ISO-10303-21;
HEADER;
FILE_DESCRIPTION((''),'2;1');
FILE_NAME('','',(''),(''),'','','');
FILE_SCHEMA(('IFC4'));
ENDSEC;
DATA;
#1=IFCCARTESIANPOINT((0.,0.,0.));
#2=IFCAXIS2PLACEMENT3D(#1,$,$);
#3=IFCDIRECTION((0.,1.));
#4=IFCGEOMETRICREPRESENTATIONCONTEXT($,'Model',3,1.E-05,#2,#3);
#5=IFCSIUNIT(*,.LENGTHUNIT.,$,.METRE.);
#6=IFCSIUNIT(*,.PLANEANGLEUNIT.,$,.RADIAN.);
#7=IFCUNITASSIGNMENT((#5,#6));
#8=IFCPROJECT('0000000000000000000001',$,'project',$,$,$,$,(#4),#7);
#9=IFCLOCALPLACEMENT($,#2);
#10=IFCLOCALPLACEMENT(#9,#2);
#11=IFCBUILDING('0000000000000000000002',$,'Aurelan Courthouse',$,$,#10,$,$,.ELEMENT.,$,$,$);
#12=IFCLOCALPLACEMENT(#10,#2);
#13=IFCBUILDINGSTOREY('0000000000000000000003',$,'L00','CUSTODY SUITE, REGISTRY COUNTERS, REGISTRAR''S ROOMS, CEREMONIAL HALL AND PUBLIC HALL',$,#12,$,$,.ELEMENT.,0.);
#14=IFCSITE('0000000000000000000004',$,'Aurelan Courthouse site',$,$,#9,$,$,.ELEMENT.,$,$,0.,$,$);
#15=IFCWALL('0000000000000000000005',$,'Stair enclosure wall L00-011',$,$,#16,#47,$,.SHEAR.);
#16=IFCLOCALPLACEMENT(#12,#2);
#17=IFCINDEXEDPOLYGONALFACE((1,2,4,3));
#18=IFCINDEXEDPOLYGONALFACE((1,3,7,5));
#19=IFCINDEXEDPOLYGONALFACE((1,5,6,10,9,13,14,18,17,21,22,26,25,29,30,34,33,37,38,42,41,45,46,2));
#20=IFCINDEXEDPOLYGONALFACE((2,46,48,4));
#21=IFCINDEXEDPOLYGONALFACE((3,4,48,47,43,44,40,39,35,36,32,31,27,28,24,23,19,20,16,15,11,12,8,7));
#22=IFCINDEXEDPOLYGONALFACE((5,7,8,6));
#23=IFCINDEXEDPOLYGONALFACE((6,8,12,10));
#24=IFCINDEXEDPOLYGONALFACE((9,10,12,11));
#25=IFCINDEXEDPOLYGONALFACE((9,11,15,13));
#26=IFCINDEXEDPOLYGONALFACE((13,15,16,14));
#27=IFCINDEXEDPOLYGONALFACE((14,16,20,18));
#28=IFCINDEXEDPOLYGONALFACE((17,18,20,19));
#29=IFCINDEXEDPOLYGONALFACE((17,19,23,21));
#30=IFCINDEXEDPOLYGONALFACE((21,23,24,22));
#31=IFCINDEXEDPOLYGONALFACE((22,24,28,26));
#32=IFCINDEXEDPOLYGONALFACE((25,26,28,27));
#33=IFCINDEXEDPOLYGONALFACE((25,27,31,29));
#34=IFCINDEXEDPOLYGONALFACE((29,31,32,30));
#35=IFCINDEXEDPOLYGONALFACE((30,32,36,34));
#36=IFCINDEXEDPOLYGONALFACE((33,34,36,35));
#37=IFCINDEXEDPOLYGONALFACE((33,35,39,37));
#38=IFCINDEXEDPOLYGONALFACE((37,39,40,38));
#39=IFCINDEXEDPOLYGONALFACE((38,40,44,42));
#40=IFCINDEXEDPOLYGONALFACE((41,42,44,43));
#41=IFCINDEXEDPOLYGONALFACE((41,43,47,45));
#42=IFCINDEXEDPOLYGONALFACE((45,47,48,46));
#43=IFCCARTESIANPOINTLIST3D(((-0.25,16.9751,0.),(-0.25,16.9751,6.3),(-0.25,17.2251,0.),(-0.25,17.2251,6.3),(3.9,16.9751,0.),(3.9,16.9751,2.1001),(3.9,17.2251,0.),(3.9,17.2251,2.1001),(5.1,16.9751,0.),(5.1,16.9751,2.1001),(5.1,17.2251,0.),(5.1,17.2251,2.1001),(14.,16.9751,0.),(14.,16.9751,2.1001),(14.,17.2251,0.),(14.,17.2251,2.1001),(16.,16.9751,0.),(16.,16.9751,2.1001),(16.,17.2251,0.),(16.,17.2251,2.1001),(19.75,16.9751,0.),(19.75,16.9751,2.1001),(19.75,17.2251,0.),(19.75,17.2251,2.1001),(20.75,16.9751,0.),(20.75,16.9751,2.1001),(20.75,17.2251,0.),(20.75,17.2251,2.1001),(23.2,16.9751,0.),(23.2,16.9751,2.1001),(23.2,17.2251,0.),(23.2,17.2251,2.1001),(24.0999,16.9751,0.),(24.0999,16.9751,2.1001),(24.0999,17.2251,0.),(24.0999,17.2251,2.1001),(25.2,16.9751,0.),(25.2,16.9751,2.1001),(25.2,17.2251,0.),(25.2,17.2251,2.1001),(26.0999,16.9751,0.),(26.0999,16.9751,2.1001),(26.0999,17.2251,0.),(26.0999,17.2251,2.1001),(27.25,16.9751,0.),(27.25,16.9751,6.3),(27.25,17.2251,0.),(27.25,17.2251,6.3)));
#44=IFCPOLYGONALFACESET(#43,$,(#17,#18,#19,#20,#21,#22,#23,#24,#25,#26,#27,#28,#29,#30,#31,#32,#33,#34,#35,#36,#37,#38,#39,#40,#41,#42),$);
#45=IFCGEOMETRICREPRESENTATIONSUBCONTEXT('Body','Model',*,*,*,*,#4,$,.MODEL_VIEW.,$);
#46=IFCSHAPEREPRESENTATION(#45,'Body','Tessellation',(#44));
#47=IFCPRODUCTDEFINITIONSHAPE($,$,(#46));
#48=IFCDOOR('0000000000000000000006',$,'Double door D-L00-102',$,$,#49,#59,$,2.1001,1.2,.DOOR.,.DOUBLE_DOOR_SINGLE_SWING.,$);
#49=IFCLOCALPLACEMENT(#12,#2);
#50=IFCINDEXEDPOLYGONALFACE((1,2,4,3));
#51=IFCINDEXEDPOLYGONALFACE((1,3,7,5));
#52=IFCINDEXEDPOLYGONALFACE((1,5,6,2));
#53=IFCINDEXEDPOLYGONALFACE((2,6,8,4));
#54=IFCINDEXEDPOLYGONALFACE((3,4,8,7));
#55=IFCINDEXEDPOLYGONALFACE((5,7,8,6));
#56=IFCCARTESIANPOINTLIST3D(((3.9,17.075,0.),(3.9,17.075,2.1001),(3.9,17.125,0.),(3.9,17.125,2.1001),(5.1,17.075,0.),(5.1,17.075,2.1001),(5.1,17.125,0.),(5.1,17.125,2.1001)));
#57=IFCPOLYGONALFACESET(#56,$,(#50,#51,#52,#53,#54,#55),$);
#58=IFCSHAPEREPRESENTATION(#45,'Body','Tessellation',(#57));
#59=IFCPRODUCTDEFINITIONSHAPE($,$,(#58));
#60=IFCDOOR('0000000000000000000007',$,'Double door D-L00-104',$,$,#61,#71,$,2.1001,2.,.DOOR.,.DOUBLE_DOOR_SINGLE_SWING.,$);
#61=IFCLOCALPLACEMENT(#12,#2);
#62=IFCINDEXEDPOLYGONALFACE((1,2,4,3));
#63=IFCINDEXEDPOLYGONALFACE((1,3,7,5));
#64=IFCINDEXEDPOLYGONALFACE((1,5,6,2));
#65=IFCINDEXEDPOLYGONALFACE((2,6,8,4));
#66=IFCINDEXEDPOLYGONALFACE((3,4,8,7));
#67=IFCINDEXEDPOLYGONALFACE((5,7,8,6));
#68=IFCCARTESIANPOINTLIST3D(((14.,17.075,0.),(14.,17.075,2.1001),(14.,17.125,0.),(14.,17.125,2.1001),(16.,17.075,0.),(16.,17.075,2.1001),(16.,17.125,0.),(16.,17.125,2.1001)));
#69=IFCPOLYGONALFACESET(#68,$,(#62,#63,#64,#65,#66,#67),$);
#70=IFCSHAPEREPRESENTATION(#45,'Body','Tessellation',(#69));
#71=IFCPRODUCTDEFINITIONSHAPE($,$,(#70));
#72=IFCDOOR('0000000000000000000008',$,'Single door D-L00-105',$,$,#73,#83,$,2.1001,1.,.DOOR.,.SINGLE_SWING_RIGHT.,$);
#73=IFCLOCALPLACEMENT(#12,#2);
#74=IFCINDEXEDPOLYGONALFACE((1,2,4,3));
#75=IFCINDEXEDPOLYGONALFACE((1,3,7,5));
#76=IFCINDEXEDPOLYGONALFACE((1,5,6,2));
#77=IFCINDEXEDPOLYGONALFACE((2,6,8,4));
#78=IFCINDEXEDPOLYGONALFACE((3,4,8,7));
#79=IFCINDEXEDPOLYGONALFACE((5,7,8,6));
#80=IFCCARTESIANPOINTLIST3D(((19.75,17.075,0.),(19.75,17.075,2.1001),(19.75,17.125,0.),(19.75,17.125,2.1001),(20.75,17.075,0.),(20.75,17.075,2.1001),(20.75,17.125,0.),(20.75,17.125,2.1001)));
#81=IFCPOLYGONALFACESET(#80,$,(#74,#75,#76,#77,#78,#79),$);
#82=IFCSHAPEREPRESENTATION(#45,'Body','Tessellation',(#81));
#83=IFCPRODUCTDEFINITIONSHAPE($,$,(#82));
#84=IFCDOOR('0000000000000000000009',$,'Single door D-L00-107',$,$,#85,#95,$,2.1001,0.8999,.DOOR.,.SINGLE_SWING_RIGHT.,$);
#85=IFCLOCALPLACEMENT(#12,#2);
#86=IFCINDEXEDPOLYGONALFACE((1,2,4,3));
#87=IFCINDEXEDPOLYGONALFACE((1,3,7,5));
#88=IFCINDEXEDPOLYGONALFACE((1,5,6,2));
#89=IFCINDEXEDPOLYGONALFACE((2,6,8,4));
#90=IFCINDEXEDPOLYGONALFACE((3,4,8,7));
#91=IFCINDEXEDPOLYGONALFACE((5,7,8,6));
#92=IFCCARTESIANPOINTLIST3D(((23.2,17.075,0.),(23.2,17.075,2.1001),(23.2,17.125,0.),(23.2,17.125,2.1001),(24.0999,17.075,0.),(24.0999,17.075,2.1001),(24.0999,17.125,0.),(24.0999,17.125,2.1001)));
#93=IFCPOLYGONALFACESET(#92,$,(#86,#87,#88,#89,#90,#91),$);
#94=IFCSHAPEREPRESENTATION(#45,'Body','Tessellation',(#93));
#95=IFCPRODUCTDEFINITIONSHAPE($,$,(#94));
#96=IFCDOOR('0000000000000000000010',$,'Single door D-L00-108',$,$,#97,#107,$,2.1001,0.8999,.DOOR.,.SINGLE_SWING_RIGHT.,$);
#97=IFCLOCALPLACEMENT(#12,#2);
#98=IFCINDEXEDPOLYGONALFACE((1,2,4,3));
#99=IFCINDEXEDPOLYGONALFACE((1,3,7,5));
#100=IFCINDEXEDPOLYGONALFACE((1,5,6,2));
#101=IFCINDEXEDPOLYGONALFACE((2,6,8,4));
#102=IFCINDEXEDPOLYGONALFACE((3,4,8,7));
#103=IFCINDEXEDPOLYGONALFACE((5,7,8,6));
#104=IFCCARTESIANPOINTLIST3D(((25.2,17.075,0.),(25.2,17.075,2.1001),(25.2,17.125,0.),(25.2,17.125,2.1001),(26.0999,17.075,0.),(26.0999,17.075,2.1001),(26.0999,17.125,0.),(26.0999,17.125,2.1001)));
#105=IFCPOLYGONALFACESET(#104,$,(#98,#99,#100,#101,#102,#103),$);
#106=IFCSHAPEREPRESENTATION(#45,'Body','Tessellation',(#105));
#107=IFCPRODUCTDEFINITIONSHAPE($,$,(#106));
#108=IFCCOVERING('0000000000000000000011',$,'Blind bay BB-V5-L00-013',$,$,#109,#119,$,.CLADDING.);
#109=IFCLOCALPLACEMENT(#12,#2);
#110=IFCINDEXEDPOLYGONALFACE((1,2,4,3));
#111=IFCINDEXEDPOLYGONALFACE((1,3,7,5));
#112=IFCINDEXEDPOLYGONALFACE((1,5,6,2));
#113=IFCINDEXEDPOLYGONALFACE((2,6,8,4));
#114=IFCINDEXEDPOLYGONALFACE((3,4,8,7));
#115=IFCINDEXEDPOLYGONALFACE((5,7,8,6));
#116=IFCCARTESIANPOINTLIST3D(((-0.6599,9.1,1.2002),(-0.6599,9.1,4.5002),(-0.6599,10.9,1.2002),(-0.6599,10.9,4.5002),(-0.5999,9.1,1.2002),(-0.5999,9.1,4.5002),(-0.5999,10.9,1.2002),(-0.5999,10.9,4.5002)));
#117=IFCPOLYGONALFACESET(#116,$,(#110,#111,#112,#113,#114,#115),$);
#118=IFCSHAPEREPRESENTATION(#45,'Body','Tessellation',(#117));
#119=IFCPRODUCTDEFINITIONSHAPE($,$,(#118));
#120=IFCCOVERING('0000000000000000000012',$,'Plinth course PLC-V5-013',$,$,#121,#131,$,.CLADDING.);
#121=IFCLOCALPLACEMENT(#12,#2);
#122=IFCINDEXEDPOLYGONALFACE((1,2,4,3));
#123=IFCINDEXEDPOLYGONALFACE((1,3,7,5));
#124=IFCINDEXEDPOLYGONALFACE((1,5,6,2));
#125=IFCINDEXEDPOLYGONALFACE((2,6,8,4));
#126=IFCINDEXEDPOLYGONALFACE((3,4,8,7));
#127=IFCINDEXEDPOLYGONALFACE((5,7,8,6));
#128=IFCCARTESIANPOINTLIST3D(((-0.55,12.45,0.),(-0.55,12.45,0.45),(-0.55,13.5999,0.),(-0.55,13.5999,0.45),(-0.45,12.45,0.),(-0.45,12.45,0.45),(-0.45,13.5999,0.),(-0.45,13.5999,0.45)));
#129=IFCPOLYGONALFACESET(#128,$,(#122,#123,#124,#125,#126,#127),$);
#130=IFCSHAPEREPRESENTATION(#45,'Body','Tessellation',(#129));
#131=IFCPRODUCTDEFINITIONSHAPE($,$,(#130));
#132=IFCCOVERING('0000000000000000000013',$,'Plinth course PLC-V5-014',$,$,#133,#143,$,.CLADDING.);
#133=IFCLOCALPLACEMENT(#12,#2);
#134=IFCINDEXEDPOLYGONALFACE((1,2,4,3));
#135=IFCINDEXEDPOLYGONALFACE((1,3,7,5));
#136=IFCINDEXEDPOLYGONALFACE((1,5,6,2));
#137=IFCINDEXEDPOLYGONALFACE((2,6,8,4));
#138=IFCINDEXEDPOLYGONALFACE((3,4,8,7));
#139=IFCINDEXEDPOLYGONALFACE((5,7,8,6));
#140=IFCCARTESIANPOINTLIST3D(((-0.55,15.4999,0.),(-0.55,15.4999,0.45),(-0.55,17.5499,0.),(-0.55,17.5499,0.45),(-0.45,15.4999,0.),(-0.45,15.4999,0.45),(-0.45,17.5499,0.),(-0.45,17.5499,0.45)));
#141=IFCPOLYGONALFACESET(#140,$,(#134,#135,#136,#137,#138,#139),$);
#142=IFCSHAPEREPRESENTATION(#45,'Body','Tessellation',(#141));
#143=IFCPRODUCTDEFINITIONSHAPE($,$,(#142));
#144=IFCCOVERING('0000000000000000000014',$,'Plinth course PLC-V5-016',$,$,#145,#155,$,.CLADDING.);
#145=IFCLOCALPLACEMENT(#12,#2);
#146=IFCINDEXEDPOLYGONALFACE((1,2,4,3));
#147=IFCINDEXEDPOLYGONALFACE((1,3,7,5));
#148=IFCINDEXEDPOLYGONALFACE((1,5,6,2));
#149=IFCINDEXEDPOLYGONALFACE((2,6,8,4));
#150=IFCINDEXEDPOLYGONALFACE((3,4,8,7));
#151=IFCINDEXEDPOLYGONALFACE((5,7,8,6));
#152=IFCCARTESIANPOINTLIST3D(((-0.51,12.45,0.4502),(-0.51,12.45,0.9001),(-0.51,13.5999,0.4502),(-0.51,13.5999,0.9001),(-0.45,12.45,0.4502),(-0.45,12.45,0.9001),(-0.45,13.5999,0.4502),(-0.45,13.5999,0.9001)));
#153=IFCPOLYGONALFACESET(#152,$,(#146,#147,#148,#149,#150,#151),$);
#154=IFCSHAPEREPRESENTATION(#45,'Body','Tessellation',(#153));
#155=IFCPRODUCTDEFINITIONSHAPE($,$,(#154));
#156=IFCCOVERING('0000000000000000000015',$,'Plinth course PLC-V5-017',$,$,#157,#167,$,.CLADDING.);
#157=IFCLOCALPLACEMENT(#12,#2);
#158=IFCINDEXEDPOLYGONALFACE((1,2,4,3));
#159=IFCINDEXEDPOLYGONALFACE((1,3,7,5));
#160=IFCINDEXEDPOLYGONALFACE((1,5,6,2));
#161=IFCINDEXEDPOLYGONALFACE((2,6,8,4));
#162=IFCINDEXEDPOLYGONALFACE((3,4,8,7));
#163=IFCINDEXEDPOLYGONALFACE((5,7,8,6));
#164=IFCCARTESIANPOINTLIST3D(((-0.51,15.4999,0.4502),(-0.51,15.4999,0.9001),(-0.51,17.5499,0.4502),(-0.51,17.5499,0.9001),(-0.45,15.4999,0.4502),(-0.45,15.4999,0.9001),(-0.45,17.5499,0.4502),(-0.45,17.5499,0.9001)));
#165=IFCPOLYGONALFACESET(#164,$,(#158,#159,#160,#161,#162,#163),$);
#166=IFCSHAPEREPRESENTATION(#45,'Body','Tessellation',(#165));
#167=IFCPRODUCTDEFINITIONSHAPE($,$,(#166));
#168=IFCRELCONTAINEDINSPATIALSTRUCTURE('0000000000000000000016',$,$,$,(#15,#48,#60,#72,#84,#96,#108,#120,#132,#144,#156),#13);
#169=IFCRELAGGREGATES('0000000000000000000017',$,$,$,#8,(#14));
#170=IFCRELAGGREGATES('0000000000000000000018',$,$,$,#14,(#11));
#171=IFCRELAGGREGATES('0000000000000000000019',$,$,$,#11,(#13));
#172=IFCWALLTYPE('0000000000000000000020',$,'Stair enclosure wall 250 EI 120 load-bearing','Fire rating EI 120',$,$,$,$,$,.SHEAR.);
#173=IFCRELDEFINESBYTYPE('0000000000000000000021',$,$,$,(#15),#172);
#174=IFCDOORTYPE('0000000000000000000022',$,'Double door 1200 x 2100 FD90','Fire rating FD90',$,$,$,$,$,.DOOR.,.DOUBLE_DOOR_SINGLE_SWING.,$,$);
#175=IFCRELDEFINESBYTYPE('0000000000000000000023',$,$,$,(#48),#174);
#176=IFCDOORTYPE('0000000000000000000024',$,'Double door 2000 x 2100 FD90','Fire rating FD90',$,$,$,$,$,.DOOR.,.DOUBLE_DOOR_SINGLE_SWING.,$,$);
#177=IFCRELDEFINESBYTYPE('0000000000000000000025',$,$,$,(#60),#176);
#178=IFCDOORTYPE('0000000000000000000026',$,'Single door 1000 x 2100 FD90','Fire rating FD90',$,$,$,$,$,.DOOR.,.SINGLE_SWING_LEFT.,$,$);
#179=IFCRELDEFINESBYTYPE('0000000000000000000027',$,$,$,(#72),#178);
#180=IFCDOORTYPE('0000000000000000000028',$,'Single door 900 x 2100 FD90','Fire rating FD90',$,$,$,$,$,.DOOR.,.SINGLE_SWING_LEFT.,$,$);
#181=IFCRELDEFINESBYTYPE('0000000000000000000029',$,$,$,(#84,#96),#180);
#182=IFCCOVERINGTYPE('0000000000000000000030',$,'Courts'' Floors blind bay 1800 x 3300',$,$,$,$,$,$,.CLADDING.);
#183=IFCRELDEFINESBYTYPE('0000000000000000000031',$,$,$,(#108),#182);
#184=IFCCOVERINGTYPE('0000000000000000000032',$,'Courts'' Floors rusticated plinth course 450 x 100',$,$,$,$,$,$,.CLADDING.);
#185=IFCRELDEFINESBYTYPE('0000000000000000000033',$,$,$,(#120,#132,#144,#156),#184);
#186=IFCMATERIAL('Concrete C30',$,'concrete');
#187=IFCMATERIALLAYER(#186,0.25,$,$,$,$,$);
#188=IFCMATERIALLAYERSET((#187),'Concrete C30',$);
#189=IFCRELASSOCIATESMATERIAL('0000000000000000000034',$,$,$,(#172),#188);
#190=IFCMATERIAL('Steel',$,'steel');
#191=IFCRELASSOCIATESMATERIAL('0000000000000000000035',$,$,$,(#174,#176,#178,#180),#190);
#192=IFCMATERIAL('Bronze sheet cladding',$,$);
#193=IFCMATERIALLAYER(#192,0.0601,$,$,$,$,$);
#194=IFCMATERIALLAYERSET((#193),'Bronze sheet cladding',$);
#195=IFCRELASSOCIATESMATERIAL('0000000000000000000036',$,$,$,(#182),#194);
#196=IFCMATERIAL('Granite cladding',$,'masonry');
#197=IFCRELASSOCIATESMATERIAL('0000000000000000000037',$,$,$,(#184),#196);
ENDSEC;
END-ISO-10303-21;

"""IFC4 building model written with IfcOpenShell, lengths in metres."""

from ifc_helpers import new_model, si_unit, direction, frame, frame_2d, origin, origin_2d, place, context, subcontext, project, spatial, rectangle, extrude, material, layer, layer_set, type_object, element, fill, save


model = new_model("IFC4")

# Units and contexts
model_context = context("Model", 3, precision=1e-05, world=origin(), true_north=direction((0.0, 1.0)))
body_context = subcontext(model_context, "Body", "Model", "MODEL_VIEW")
ifc_project = project(units=[si_unit("LENGTHUNIT", "METRE"), si_unit("PLANEANGLEUNIT", "RADIAN")], contexts=[model_context])

# Site, building, storey
site_placement = place(None, origin())
site = spatial("IfcSite", under=ifc_project, at=site_placement, Name="Aurelan Courthouse site", CompositionType="ELEMENT", RefElevation=0.0)
building_placement = place(site_placement, origin())
building = spatial("IfcBuilding", under=site, at=building_placement, Name="Aurelan Courthouse", CompositionType="ELEMENT")
storey_placement = place(building_placement, origin())
storey = spatial("IfcBuildingStorey", under=building, at=storey_placement, Name="L00", Description="CUSTODY SUITE, REGISTRY COUNTERS, REGISTRAR'S ROOMS, CEREMONIAL HALL AND PUBLIC HALL", CompositionType="ELEMENT", Elevation=0.0)

# Shared definitions
ifc_material_1 = material(Name="Granite cladding", Category="masonry")
ifc_material_2 = material(Name="Concrete C30", Category="concrete")

# Shared definitions
ifc_material_3 = material(Name="Steel", Category="steel")

# Wall, openings, doors
ifc_layer_1 = layer(ifc_material_2, 0.25)
ifc_layer_set_1 = layer_set([ifc_layer_1], Name="Concrete C30")
wall_type_1 = type_object("IfcWallType", Name="Stair enclosure wall 250 EI 120 load-bearing", Description="Fire rating EI 120", PredefinedType="SHEAR", material=ifc_layer_set_1)
wall_1_placement = place(storey_placement, frame((-0.25, 17.1001, 0.0), z_axis=(0.0, 0.0, 1.0), x_axis=(1.0, 0.0, 0.0)))
wall_1 = element("IfcWall", 1, at=wall_1_placement, inside=storey, type_object=wall_type_1, Name="Stair enclosure wall L00-011", PredefinedType="SHEAR", context=body_context, shape_type="SweptSolid", body=[
    extrude(rectangle(XDim=27.5, YDim=0.25, at=frame_2d((13.75, 0.0))), origin(), (0.0, 0.0, 1.0), 6.3),
])
opening_1_placement = place(wall_1_placement, frame((4.1499, 0.0, 0.0)))
opening_1 = element("IfcOpeningElement", 2, at=opening_1_placement, cuts=wall_1, PredefinedType="OPENING", context=body_context, shape_type="SweptSolid", body=[
    extrude(rectangle(XDim=1.2, YDim=2.1001, at=frame_2d((0.6001, 1.05))), frame((0.0, 0.135, 0.0), z_axis=(0.0, -1.0, 0.0), x_axis=(1.0, 0.0, 0.0)), (0.0, 0.0, 1.0), 0.27),
])
opening_2_placement = place(wall_1_placement, frame((14.25, 0.0, 0.0)))
opening_2 = element("IfcOpeningElement", 3, at=opening_2_placement, cuts=wall_1, PredefinedType="OPENING", context=body_context, shape_type="SweptSolid", body=[
    extrude(rectangle(XDim=2.0, YDim=2.1001, at=frame_2d((1.0, 1.05))), frame((0.0, 0.135, 0.0), z_axis=(0.0, -1.0, 0.0), x_axis=(1.0, 0.0, 0.0)), (0.0, 0.0, 1.0), 0.27),
])
opening_3_placement = place(wall_1_placement, frame((20.0, 0.0, 0.0)))
opening_3 = element("IfcOpeningElement", 4, at=opening_3_placement, cuts=wall_1, PredefinedType="OPENING", context=body_context, shape_type="SweptSolid", body=[
    extrude(rectangle(XDim=1.0, YDim=2.1001, at=frame_2d((0.5, 1.05))), frame((0.0, 0.135, 0.0), z_axis=(0.0, -1.0, 0.0), x_axis=(1.0, 0.0, 0.0)), (0.0, 0.0, 1.0), 0.27),
])
opening_4_placement = place(wall_1_placement, frame((23.45, 0.0, 0.0)))
opening_4 = element("IfcOpeningElement", 5, at=opening_4_placement, cuts=wall_1, PredefinedType="OPENING", context=body_context, shape_type="SweptSolid", body=[
    extrude(rectangle(XDim=0.8999, YDim=2.1001, at=frame_2d((0.45, 1.05))), frame((0.0, 0.135, 0.0), z_axis=(0.0, -1.0, 0.0), x_axis=(1.0, 0.0, 0.0)), (0.0, 0.0, 1.0), 0.27),
])
opening_5_placement = place(wall_1_placement, frame((25.45, 0.0, 0.0)))
opening_5 = element("IfcOpeningElement", 6, at=opening_5_placement, cuts=wall_1, PredefinedType="OPENING", context=body_context, shape_type="SweptSolid", body=[
    extrude(rectangle(XDim=0.8999, YDim=2.1001, at=frame_2d((0.45, 1.05))), frame((0.0, 0.135, 0.0), z_axis=(0.0, -1.0, 0.0), x_axis=(1.0, 0.0, 0.0)), (0.0, 0.0, 1.0), 0.27),
])
door_type_1 = type_object("IfcDoorType", Name="Double door 1200 x 2100 FD90", Description="Fire rating FD90", OperationType="DOUBLE_DOOR_SINGLE_SWING", PredefinedType="DOOR", material=ifc_material_3)
door_1_placement = place(opening_1_placement, origin())
door_1 = element("IfcDoor", 7, at=door_1_placement, inside=storey, type_object=door_type_1, Name="Double door D-L00-102", OperationType="DOUBLE_DOOR_SINGLE_SWING", OverallHeight=2.1001, OverallWidth=1.2, PredefinedType="DOOR", context=body_context, shape_type="SweptSolid", body=[
    extrude(rectangle(XDim=1.2, YDim=2.1001, at=frame_2d((0.6001, 1.05))), frame((0.0, 0.0249, 0.0), z_axis=(0.0, -1.0, 0.0), x_axis=(1.0, 0.0, 0.0)), (0.0, 0.0, 1.0), 0.05),
])
fill(opening_1, door_1)
door_type_2 = type_object("IfcDoorType", Name="Double door 2000 x 2100 FD90", Description="Fire rating FD90", OperationType="DOUBLE_DOOR_SINGLE_SWING", PredefinedType="DOOR", material=ifc_material_3)
door_2_placement = place(opening_2_placement, origin())
door_2 = element("IfcDoor", 8, at=door_2_placement, inside=storey, type_object=door_type_2, Name="Double door D-L00-104", OperationType="DOUBLE_DOOR_SINGLE_SWING", OverallHeight=2.1001, OverallWidth=2.0, PredefinedType="DOOR", context=body_context, shape_type="SweptSolid", body=[
    extrude(rectangle(XDim=2.0, YDim=2.1001, at=frame_2d((1.0, 1.05))), frame((0.0, 0.0249, 0.0), z_axis=(0.0, -1.0, 0.0), x_axis=(1.0, 0.0, 0.0)), (0.0, 0.0, 1.0), 0.05),
])
fill(opening_2, door_2)
door_type_3 = type_object("IfcDoorType", Name="Single door 1000 x 2100 FD90", Description="Fire rating FD90", OperationType="SINGLE_SWING_LEFT", PredefinedType="DOOR", material=ifc_material_3)
door_3_placement = place(opening_3_placement, origin())
door_3 = element("IfcDoor", 9, at=door_3_placement, inside=storey, type_object=door_type_3, Name="Single door D-L00-105", OperationType="SINGLE_SWING_RIGHT", OverallHeight=2.1001, OverallWidth=1.0, PredefinedType="DOOR", context=body_context, shape_type="SweptSolid", body=[
    extrude(rectangle(XDim=1.0, YDim=2.1001, at=frame_2d((0.5, 1.05))), frame((0.0, 0.0249, 0.0), z_axis=(0.0, -1.0, 0.0), x_axis=(1.0, 0.0, 0.0)), (0.0, 0.0, 1.0), 0.05),
])
fill(opening_3, door_3)
door_type_4 = type_object("IfcDoorType", Name="Single door 900 x 2100 FD90", Description="Fire rating FD90", OperationType="SINGLE_SWING_LEFT", PredefinedType="DOOR", material=ifc_material_3)
door_4_placement = place(opening_4_placement, origin())
door_4 = element("IfcDoor", 10, at=door_4_placement, inside=storey, type_object=door_type_4, Name="Single door D-L00-107", OperationType="SINGLE_SWING_RIGHT", OverallHeight=2.1001, OverallWidth=0.8999, PredefinedType="DOOR", context=body_context, shape_type="SweptSolid", body=[
    extrude(rectangle(XDim=0.8999, YDim=2.1001, at=frame_2d((0.45, 1.05))), frame((0.0, 0.0249, 0.0), z_axis=(0.0, -1.0, 0.0), x_axis=(1.0, 0.0, 0.0)), (0.0, 0.0, 1.0), 0.05),
])
fill(opening_4, door_4)
door_5_placement = place(opening_5_placement, origin())
door_5 = element("IfcDoor", 11, at=door_5_placement, inside=storey, type_object=door_type_4, Name="Single door D-L00-108", OperationType="SINGLE_SWING_RIGHT", OverallHeight=2.1001, OverallWidth=0.8999, PredefinedType="DOOR", context=body_context, shape_type="SweptSolid", body=[
    extrude(rectangle(XDim=0.8999, YDim=2.1001, at=frame_2d((0.45, 1.05))), frame((0.0, 0.0249, 0.0), z_axis=(0.0, -1.0, 0.0), x_axis=(1.0, 0.0, 0.0)), (0.0, 0.0, 1.0), 0.05),
])
fill(opening_5, door_5)

# Coverings
ifc_material_4 = material(Name="Bronze sheet cladding")
ifc_layer_2 = layer(ifc_material_4, 0.0601)
ifc_layer_set_2 = layer_set([ifc_layer_2], Name="Bronze sheet cladding")
covering_type_1 = type_object("IfcCoveringType", Name="Courts' Floors blind bay 1800 x 3300", PredefinedType="CLADDING", material=ifc_layer_set_2)
covering_1_placement = place(storey_placement, frame((-0.6299, 10.0, 1.2002), z_axis=(0.0, 0.0, 1.0), x_axis=(1.0, 0.0, 0.0)))
element("IfcCovering", 12, at=covering_1_placement, inside=storey, type_object=covering_type_1, Name="Blind bay BB-V5-L00-013", PredefinedType="CLADDING", context=body_context, shape_type="SweptSolid", body=[
    extrude(rectangle(XDim=0.0601, YDim=1.8, at=origin_2d()), origin(), (0.0, 0.0, 1.0), 3.3),
])
covering_type_2 = type_object("IfcCoveringType", Name="Courts' Floors rusticated plinth course 450 x 100", PredefinedType="CLADDING", material=ifc_material_1)
covering_2_placement = place(storey_placement, frame((-0.5, 13.0249, 0.0), z_axis=(0.0, 0.0, 1.0), x_axis=(1.0, 0.0, 0.0)))
element("IfcCovering", 13, at=covering_2_placement, inside=storey, type_object=covering_type_2, Name="Plinth course PLC-V5-013", PredefinedType="CLADDING", context=body_context, shape_type="SweptSolid", body=[
    extrude(rectangle(XDim=0.1001, YDim=1.1499, at=origin_2d()), origin(), (0.0, 0.0, 1.0), 0.45),
])
covering_3_placement = place(storey_placement, frame((-0.5, 16.5249, 0.0), z_axis=(0.0, 0.0, 1.0), x_axis=(1.0, 0.0, 0.0)))
element("IfcCovering", 14, at=covering_3_placement, inside=storey, type_object=covering_type_2, Name="Plinth course PLC-V5-014", PredefinedType="CLADDING", context=body_context, shape_type="SweptSolid", body=[
    extrude(rectangle(XDim=0.1001, YDim=2.05, at=origin_2d()), origin(), (0.0, 0.0, 1.0), 0.45),
])
covering_4_placement = place(storey_placement, frame((-0.48, 13.0249, 0.4502), z_axis=(0.0, 0.0, 1.0), x_axis=(1.0, 0.0, 0.0)))
element("IfcCovering", 15, at=covering_4_placement, inside=storey, type_object=covering_type_2, Name="Plinth course PLC-V5-016", PredefinedType="CLADDING", context=body_context, shape_type="SweptSolid", body=[
    extrude(rectangle(XDim=0.0601, YDim=1.1499, at=origin_2d()), origin(), (0.0, 0.0, 1.0), 0.45),
])
covering_5_placement = place(storey_placement, frame((-0.48, 16.5249, 0.4502), z_axis=(0.0, 0.0, 1.0), x_axis=(1.0, 0.0, 0.0)))
element("IfcCovering", 16, at=covering_5_placement, inside=storey, type_object=covering_type_2, Name="Plinth course PLC-V5-017", PredefinedType="CLADDING", context=body_context, shape_type="SweptSolid", body=[
    extrude(rectangle(XDim=0.0601, YDim=2.05, at=origin_2d()), origin(), (0.0, 0.0, 1.0), 0.45),
])

save(model, "model.ifc")
